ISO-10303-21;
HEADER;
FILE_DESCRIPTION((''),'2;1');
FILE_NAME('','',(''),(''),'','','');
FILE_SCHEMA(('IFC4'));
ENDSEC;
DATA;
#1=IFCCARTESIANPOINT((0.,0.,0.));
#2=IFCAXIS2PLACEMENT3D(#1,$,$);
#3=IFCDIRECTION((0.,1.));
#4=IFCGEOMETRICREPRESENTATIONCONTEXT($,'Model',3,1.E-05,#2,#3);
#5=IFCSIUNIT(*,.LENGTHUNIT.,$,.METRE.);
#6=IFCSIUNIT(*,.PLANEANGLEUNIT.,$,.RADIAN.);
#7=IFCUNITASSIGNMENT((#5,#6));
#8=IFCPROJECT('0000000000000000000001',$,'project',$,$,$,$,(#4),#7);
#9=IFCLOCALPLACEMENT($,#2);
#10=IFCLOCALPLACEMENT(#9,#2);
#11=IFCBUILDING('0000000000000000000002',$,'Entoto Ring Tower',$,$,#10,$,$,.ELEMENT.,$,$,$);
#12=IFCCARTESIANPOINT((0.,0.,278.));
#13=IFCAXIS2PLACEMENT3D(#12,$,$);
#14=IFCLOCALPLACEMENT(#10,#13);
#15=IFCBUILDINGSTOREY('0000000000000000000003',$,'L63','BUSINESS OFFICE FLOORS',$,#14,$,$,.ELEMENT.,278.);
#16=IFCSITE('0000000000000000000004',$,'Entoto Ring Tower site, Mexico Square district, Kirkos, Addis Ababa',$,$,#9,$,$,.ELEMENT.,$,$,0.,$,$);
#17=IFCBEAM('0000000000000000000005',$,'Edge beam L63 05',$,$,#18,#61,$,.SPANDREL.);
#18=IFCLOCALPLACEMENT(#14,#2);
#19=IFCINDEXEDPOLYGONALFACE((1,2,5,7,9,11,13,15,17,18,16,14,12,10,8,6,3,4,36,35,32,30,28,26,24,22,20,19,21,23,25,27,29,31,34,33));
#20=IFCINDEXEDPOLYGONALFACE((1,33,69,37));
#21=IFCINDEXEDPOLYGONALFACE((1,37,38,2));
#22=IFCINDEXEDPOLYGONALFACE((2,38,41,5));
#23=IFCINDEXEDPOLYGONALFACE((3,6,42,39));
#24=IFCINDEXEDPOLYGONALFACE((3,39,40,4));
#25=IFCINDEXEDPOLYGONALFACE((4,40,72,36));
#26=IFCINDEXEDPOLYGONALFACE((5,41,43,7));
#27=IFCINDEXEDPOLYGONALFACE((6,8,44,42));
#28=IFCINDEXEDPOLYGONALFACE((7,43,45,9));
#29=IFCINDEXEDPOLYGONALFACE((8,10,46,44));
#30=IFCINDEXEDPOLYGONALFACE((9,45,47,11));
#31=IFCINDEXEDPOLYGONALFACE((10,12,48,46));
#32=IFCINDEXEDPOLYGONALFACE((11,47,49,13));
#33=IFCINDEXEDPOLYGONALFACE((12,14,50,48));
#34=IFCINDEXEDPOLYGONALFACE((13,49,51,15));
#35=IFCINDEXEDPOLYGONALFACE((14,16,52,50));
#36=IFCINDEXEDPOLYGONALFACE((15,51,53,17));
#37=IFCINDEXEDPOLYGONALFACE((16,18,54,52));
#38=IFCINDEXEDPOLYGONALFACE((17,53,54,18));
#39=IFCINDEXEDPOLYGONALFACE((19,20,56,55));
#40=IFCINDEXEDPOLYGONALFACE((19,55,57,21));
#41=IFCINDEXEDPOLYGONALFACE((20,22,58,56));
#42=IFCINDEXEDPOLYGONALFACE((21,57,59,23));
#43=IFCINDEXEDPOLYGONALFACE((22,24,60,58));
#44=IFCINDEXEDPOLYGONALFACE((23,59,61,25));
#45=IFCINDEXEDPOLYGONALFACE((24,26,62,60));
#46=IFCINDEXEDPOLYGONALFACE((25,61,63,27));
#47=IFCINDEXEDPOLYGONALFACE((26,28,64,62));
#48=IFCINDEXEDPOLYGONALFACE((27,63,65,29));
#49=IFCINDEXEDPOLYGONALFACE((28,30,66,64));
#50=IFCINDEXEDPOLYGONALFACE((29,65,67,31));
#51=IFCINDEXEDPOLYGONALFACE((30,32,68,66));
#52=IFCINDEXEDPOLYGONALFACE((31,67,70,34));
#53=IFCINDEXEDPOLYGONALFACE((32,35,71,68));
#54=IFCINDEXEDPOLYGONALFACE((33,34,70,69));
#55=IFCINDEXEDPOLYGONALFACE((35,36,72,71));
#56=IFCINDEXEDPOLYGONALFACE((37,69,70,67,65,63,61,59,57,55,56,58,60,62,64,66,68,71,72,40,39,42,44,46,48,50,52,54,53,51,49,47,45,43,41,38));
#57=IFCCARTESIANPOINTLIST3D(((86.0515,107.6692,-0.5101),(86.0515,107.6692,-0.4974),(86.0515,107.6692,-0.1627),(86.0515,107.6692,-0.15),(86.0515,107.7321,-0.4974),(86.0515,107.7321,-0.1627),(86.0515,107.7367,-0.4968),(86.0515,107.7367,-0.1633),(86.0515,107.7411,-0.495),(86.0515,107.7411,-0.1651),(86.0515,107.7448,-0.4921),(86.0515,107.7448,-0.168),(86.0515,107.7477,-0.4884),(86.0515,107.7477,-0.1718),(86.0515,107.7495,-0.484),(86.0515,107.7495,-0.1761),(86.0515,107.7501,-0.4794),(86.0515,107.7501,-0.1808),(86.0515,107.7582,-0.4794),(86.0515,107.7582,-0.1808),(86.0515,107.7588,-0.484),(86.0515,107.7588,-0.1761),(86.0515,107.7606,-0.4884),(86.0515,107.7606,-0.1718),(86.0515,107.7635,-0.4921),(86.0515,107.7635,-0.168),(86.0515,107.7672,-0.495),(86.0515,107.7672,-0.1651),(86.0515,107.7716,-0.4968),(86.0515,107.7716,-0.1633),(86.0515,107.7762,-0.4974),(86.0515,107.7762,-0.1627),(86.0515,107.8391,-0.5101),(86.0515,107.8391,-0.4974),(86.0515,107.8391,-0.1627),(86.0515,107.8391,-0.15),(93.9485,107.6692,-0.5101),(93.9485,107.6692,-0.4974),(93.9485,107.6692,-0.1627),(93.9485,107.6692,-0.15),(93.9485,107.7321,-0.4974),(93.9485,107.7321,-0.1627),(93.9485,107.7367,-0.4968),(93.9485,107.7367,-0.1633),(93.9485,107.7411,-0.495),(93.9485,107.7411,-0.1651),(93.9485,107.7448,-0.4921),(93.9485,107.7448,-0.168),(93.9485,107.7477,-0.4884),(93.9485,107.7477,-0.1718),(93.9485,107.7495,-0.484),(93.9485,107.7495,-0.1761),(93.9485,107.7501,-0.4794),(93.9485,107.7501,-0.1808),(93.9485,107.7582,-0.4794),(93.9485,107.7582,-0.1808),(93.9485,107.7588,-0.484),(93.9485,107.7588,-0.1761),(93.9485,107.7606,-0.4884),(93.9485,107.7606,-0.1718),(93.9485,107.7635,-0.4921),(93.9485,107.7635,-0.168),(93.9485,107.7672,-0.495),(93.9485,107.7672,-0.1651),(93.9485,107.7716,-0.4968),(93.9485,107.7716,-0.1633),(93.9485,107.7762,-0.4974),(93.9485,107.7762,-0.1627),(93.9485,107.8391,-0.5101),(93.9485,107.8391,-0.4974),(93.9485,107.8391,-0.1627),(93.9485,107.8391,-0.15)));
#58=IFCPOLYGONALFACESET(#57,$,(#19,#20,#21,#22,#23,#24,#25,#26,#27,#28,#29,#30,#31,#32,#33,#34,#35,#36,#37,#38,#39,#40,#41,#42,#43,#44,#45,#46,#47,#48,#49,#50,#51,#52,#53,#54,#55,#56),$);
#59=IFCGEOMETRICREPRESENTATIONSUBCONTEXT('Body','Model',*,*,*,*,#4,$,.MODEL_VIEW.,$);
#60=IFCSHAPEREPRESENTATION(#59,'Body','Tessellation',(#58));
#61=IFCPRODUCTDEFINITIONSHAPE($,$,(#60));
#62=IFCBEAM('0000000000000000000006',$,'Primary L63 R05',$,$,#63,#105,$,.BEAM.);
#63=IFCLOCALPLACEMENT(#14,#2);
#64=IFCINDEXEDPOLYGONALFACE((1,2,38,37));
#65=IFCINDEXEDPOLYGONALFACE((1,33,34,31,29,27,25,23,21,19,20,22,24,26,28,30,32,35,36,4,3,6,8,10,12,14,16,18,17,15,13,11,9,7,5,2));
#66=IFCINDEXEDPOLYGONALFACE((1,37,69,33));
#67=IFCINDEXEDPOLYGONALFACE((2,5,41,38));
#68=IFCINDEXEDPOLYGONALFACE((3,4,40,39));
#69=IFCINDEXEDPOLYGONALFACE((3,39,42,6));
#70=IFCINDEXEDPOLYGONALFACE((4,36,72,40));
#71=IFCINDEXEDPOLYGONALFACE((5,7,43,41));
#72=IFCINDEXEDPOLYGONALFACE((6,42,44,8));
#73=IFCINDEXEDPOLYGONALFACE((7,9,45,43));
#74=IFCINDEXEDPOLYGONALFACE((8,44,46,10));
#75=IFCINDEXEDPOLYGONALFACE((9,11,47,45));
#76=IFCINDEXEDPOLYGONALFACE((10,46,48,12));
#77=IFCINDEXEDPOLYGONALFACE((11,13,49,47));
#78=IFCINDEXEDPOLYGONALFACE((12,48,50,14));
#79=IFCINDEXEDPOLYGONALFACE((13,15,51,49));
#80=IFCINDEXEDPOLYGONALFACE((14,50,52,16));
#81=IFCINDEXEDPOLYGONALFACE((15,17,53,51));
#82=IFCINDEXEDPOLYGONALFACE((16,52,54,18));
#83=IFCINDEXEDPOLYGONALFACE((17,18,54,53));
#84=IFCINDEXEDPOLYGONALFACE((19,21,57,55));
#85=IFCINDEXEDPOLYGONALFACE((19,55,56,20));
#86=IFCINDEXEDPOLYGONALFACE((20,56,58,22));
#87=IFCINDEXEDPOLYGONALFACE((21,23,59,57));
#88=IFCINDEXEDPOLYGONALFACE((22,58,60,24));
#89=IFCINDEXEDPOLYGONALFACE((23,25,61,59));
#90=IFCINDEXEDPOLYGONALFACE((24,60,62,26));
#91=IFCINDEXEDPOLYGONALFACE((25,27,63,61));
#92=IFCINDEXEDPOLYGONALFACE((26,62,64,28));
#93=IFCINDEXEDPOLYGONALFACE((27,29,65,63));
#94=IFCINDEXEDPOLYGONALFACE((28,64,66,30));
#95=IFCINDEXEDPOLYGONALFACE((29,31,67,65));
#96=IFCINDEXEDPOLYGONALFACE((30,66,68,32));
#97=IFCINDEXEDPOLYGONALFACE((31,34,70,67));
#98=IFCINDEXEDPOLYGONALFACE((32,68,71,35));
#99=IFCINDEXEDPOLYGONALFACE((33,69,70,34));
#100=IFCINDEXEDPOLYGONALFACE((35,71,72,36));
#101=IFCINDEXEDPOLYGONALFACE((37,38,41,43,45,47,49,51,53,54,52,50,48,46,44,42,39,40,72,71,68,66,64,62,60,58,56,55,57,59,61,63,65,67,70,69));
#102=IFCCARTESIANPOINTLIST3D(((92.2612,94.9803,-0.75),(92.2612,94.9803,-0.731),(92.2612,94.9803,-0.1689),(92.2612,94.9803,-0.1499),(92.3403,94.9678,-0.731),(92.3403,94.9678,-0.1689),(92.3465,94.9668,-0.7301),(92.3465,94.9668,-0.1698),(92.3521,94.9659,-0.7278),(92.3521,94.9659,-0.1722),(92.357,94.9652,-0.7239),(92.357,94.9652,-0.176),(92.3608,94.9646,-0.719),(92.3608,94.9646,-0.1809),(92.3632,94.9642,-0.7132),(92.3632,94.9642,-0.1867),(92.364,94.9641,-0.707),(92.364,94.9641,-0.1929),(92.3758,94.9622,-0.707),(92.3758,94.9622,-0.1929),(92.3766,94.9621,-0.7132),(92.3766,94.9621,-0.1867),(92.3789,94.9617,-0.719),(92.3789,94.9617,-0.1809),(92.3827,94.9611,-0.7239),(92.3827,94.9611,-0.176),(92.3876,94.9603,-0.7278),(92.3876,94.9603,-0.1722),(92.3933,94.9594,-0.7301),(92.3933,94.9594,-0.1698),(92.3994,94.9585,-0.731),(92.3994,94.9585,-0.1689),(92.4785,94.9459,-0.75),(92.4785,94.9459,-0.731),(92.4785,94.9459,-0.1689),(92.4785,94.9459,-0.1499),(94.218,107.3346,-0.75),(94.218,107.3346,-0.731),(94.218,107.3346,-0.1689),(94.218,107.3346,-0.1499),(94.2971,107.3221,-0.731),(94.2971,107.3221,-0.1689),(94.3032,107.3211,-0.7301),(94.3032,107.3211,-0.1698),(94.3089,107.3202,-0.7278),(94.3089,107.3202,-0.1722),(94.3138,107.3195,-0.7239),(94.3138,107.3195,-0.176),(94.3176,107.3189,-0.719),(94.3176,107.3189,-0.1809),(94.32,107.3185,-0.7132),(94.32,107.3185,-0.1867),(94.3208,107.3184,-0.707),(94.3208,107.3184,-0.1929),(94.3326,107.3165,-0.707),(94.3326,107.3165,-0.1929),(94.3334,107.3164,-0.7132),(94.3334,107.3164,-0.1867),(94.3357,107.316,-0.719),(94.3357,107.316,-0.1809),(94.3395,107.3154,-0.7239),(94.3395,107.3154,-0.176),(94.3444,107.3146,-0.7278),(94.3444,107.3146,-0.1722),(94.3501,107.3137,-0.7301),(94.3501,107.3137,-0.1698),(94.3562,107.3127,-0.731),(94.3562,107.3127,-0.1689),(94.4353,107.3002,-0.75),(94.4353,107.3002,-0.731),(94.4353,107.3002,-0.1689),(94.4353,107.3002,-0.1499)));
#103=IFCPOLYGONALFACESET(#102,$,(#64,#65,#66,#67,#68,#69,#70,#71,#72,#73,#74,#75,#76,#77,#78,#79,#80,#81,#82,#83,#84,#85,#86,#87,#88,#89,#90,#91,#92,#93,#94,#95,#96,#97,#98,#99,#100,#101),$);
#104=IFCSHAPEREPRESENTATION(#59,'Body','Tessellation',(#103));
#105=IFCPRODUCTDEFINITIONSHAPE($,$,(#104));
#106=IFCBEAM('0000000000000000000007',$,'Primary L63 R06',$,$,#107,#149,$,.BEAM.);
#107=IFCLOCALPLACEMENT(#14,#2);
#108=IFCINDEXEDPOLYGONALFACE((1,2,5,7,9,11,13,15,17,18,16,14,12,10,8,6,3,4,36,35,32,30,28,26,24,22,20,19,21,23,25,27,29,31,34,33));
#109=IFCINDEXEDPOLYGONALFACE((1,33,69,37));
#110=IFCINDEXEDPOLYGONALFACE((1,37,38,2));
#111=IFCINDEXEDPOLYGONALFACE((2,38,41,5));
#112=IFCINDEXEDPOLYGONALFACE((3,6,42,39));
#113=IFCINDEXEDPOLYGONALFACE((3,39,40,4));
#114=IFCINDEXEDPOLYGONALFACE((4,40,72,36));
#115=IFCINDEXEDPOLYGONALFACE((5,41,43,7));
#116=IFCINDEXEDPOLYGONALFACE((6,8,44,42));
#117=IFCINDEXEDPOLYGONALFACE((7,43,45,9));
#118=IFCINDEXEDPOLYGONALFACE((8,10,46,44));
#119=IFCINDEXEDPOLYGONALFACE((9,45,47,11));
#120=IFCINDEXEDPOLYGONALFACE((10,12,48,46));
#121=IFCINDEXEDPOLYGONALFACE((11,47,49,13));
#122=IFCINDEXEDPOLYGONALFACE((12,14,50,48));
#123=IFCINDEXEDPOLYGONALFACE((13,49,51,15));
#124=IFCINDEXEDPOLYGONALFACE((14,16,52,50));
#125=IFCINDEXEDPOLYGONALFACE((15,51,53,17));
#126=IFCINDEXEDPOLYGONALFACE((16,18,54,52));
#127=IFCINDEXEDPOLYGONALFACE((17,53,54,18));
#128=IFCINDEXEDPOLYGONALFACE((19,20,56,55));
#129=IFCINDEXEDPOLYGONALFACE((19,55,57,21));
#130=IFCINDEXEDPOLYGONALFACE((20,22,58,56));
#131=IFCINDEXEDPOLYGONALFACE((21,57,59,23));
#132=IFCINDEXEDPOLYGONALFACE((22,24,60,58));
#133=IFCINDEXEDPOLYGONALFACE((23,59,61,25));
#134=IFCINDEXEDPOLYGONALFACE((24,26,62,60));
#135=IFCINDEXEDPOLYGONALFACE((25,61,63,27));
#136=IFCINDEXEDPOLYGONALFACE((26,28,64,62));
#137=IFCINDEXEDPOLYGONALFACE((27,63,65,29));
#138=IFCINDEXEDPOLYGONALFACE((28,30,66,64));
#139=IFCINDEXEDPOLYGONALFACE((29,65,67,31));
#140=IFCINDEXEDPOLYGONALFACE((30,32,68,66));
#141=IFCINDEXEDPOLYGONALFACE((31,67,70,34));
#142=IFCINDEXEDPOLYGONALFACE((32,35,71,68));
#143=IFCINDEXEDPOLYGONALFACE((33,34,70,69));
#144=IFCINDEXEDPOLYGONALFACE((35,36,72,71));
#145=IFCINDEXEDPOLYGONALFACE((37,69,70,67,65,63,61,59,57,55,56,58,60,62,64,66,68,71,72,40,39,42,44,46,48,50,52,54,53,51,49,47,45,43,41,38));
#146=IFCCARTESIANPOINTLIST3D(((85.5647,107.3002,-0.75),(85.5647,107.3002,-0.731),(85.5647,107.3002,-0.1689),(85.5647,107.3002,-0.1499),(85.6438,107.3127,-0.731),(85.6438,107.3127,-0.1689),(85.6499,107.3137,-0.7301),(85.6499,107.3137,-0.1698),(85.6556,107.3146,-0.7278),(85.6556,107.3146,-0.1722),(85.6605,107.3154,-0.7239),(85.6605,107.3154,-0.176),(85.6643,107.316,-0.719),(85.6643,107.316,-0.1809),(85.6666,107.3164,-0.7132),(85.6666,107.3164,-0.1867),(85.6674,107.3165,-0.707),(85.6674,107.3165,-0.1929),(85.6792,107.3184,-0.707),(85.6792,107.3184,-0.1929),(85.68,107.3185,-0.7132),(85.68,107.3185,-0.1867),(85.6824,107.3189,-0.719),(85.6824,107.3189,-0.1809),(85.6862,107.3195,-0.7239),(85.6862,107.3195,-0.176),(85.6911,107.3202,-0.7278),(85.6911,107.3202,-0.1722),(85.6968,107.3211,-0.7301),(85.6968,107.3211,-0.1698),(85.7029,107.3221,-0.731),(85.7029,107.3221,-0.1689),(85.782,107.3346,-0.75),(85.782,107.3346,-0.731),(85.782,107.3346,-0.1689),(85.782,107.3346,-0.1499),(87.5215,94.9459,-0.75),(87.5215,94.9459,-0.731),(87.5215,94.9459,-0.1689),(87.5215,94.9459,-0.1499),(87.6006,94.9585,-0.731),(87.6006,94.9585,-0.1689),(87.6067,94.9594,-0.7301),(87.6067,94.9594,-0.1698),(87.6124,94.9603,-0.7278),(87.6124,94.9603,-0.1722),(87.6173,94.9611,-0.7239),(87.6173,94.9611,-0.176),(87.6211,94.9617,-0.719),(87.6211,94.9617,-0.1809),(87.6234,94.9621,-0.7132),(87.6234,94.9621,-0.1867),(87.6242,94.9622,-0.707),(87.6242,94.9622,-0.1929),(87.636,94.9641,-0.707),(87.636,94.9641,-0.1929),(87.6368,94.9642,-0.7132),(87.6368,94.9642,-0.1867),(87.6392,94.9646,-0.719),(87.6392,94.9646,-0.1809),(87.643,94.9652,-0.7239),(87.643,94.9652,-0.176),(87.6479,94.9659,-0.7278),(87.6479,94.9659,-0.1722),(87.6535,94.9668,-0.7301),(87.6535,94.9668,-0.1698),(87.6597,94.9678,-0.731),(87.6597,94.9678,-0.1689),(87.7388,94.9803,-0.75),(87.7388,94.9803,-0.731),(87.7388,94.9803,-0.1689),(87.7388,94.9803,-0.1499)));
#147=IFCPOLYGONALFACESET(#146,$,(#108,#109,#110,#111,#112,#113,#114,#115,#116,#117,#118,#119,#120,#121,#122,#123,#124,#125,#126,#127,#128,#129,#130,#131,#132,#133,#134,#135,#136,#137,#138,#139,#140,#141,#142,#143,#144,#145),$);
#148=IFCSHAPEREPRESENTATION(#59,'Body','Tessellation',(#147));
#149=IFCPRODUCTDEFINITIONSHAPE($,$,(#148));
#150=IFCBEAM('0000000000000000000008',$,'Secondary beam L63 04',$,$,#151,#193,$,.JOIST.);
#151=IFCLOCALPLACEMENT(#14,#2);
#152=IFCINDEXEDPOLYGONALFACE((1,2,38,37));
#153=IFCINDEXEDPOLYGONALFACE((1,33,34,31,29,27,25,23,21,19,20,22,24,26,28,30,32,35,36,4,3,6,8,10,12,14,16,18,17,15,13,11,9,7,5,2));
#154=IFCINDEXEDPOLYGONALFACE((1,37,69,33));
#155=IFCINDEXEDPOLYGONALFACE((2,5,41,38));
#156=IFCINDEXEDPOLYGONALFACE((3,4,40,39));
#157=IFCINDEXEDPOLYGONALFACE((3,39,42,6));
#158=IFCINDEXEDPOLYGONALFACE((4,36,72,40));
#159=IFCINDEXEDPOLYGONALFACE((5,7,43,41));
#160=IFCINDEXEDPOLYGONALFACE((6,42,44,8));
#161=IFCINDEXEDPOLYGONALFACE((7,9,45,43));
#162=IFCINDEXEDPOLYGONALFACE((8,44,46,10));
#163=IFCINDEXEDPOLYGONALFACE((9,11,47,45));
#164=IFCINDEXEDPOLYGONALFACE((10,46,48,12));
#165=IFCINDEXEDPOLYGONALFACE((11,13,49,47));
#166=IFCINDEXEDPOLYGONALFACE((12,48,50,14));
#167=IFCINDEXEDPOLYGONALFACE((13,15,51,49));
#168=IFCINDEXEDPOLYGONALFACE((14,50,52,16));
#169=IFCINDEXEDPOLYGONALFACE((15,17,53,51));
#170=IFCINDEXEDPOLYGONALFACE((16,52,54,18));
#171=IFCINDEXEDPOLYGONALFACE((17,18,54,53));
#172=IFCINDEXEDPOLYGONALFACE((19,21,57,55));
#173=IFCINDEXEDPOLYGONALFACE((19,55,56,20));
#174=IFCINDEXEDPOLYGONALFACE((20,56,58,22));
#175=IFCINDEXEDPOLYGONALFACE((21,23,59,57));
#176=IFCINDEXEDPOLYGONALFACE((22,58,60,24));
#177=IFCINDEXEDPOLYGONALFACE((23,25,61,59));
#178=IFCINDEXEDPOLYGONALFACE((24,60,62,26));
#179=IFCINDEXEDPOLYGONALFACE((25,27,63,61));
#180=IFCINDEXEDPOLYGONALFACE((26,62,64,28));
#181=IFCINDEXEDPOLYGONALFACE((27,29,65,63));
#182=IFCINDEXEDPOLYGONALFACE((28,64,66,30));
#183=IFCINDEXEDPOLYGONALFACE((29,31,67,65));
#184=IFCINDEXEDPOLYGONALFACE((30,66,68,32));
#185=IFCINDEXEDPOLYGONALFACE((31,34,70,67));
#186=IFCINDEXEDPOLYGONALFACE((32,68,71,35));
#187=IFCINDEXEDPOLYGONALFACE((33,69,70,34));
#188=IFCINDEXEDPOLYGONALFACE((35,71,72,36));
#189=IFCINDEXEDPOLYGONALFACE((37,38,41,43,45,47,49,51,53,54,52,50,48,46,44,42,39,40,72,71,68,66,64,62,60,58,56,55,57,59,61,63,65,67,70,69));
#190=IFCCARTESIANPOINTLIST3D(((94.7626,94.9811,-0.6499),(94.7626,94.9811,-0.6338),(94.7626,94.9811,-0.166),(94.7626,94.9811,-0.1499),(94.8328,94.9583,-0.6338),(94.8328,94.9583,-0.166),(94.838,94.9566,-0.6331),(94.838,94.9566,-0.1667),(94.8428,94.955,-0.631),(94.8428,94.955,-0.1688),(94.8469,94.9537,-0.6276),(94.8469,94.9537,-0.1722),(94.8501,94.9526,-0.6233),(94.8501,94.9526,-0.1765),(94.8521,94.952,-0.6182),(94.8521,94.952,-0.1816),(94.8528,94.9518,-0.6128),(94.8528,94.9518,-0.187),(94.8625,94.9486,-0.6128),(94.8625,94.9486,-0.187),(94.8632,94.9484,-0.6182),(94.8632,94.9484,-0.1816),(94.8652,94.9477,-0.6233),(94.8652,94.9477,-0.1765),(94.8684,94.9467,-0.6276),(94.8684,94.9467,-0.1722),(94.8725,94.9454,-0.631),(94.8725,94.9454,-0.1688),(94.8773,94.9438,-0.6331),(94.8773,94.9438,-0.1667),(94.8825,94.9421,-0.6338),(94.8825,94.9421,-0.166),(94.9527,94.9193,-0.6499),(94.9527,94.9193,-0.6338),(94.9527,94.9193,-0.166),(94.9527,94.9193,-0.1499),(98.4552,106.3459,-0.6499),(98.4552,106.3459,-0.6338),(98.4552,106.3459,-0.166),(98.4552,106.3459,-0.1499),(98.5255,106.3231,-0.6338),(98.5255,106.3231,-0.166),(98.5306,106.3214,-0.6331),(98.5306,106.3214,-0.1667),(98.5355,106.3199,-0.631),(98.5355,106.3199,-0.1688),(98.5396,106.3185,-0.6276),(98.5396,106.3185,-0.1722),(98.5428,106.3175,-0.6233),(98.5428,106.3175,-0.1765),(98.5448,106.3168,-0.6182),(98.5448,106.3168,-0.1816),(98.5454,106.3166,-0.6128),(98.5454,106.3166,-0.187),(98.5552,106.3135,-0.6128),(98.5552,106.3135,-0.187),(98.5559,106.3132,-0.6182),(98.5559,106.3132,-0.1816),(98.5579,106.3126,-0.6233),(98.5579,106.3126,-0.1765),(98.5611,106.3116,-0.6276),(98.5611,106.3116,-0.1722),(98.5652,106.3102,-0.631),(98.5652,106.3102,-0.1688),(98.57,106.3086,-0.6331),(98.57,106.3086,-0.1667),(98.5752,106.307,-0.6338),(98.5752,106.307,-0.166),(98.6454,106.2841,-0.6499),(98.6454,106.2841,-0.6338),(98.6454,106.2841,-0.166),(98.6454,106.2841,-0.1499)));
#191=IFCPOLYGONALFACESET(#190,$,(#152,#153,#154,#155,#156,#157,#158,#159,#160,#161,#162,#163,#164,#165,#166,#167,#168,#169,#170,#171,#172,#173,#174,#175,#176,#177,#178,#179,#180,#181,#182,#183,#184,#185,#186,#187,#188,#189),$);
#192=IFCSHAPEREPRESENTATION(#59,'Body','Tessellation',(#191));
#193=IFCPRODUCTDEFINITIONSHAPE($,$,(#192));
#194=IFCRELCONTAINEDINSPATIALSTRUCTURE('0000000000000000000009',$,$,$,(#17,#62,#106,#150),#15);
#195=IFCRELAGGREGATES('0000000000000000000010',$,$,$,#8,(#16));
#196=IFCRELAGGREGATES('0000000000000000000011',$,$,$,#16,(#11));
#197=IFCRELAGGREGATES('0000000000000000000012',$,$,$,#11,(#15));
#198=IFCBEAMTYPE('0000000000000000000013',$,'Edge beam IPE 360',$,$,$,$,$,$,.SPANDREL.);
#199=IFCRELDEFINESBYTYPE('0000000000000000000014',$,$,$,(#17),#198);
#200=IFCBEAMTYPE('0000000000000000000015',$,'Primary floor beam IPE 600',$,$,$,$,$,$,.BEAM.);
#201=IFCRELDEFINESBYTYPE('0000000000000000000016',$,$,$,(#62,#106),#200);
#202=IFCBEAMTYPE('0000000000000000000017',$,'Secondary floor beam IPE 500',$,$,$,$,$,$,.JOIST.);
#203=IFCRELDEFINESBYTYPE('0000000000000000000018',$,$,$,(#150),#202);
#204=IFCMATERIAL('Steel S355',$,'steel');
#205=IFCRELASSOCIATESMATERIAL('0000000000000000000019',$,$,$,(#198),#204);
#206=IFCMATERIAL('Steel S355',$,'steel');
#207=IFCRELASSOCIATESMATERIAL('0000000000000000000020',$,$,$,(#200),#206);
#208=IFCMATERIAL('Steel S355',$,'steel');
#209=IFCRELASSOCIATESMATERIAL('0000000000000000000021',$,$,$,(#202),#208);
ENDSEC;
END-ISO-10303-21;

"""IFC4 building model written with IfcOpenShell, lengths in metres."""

from ifc_helpers import new_model, si_unit, direction, frame, origin, origin_2d, place, context, subcontext, project, spatial, i_section, extrude, material, material_profile, profile_set, type_object, element, save


model = new_model("IFC4")

# Units and contexts
model_context = context("Model", 3, precision=1e-05, world=origin(), true_north=direction((0.0, 1.0)))
body_context = subcontext(model_context, "Body", "Model", "MODEL_VIEW")
ifc_project = project(units=[si_unit("LENGTHUNIT", "METRE"), si_unit("PLANEANGLEUNIT", "RADIAN")], contexts=[model_context])

# Site, building, storey
site_placement = place(None, origin())
site = spatial("IfcSite", under=ifc_project, at=site_placement, Name="Entoto Ring Tower site, Mexico Square district, Kirkos, Addis Ababa", CompositionType="ELEMENT", RefElevation=0.0)
building_placement = place(site_placement, origin())
building = spatial("IfcBuilding", under=site, at=building_placement, Name="Entoto Ring Tower", CompositionType="ELEMENT")
storey_placement = place(building_placement, frame((0.0, 0.0, 278.0)))
storey = spatial("IfcBuildingStorey", under=building, at=storey_placement, Name="L63", Description="BUSINESS OFFICE FLOORS", CompositionType="ELEMENT", Elevation=278.0)

# Beams
ifc_material_1 = material(Name="Steel S355", Category="steel")
ifc_material_profile_1 = material_profile(ifc_material_1, i_section(OverallWidth=0.1699, OverallDepth=0.3601, WebThickness=0.0081, FlangeThickness=0.0127, FilletRadius=0.0181, at=origin_2d()), Name="IPE 360")
ifc_profile_set_1 = profile_set([ifc_material_profile_1], Name="Steel S355")
beam_type_1 = type_object("IfcBeamType", Name="Edge beam IPE 360", PredefinedType="SPANDREL", material=ifc_profile_set_1)
beam_1_placement = place(storey_placement, frame((93.9485, 107.7542, -0.3301), z_axis=(-1.0, 0.0, 0.0), x_axis=(0.0, -1.0, 0.0)))
element("IfcBeam", 1, at=beam_1_placement, inside=storey, type_object=beam_type_1, Name="Edge beam L63 05", PredefinedType="SPANDREL", context=body_context, shape_type="SweptSolid", body=[
    extrude(i_section(OverallWidth=0.1699, OverallDepth=0.3601, WebThickness=0.0081, FlangeThickness=0.0127, FilletRadius=0.0181, at=origin_2d()), origin(), (0.0, 0.0, 1.0), 7.897),
])
ifc_material_2 = material(Name="Steel S355", Category="steel")
ifc_material_profile_2 = material_profile(ifc_material_2, i_section(OverallWidth=0.22, OverallDepth=0.6001, WebThickness=0.012, FlangeThickness=0.019, FilletRadius=0.0239, at=origin_2d()), Name="IPE 600")
ifc_profile_set_2 = profile_set([ifc_material_profile_2], Name="Steel S355")
beam_type_2 = type_object("IfcBeamType", Name="Primary floor beam IPE 600", PredefinedType="BEAM", material=ifc_profile_set_2)
for number, where, z_axis, x_axis, name in (
    (2, (92.3699, 94.9631, -0.45), (0.15644, 0.987688, 0.0), (-0.987688, 0.15644, 0.0), "Primary L63 R05"),
    (3, (87.6301, 94.9631, -0.45), (-0.15644, 0.987688, 0.0), (-0.987688, -0.15644, 0.0), "Primary L63 R06"),
):
    element("IfcBeam", number, at=place(storey_placement, frame(where, z_axis=z_axis, x_axis=x_axis)), inside=storey, type_object=beam_type_2, Name=name, PredefinedType="BEAM", context=body_context, shape_type="SweptSolid", body=[
        extrude(i_section(OverallWidth=0.22, OverallDepth=0.6001, WebThickness=0.012, FlangeThickness=0.019, FilletRadius=0.0239, at=origin_2d()), origin(), (0.0, 0.0, 1.0), 12.5083),
    ])
ifc_material_3 = material(Name="Steel S355", Category="steel")
ifc_material_profile_3 = material_profile(ifc_material_3, i_section(OverallWidth=0.2, OverallDepth=0.5, WebThickness=0.0103, FlangeThickness=0.0161, FilletRadius=0.021, at=origin_2d()), Name="IPE 500")
ifc_profile_set_3 = profile_set([ifc_material_profile_3], Name="Steel S355")
beam_type_3 = type_object("IfcBeamType", Name="Secondary floor beam IPE 500", PredefinedType="JOIST", material=ifc_profile_set_3)
beam_2_placement = place(storey_placement, frame((94.8577, 94.9502, -0.3999), z_axis=(0.309017, 0.951057, 0.0), x_axis=(-0.951057, 0.309017, 0.0)))
element("IfcBeam", 4, at=beam_2_placement, inside=storey, type_object=beam_type_3, Name="Secondary beam L63 04", PredefinedType="JOIST", context=body_context, shape_type="SweptSolid", body=[
    extrude(i_section(OverallWidth=0.2, OverallDepth=0.5, WebThickness=0.0103, FlangeThickness=0.0161, FilletRadius=0.021, at=origin_2d()), origin(), (0.0, 0.0, 1.0), 11.9497),
])

save(model, "model.ifc")
